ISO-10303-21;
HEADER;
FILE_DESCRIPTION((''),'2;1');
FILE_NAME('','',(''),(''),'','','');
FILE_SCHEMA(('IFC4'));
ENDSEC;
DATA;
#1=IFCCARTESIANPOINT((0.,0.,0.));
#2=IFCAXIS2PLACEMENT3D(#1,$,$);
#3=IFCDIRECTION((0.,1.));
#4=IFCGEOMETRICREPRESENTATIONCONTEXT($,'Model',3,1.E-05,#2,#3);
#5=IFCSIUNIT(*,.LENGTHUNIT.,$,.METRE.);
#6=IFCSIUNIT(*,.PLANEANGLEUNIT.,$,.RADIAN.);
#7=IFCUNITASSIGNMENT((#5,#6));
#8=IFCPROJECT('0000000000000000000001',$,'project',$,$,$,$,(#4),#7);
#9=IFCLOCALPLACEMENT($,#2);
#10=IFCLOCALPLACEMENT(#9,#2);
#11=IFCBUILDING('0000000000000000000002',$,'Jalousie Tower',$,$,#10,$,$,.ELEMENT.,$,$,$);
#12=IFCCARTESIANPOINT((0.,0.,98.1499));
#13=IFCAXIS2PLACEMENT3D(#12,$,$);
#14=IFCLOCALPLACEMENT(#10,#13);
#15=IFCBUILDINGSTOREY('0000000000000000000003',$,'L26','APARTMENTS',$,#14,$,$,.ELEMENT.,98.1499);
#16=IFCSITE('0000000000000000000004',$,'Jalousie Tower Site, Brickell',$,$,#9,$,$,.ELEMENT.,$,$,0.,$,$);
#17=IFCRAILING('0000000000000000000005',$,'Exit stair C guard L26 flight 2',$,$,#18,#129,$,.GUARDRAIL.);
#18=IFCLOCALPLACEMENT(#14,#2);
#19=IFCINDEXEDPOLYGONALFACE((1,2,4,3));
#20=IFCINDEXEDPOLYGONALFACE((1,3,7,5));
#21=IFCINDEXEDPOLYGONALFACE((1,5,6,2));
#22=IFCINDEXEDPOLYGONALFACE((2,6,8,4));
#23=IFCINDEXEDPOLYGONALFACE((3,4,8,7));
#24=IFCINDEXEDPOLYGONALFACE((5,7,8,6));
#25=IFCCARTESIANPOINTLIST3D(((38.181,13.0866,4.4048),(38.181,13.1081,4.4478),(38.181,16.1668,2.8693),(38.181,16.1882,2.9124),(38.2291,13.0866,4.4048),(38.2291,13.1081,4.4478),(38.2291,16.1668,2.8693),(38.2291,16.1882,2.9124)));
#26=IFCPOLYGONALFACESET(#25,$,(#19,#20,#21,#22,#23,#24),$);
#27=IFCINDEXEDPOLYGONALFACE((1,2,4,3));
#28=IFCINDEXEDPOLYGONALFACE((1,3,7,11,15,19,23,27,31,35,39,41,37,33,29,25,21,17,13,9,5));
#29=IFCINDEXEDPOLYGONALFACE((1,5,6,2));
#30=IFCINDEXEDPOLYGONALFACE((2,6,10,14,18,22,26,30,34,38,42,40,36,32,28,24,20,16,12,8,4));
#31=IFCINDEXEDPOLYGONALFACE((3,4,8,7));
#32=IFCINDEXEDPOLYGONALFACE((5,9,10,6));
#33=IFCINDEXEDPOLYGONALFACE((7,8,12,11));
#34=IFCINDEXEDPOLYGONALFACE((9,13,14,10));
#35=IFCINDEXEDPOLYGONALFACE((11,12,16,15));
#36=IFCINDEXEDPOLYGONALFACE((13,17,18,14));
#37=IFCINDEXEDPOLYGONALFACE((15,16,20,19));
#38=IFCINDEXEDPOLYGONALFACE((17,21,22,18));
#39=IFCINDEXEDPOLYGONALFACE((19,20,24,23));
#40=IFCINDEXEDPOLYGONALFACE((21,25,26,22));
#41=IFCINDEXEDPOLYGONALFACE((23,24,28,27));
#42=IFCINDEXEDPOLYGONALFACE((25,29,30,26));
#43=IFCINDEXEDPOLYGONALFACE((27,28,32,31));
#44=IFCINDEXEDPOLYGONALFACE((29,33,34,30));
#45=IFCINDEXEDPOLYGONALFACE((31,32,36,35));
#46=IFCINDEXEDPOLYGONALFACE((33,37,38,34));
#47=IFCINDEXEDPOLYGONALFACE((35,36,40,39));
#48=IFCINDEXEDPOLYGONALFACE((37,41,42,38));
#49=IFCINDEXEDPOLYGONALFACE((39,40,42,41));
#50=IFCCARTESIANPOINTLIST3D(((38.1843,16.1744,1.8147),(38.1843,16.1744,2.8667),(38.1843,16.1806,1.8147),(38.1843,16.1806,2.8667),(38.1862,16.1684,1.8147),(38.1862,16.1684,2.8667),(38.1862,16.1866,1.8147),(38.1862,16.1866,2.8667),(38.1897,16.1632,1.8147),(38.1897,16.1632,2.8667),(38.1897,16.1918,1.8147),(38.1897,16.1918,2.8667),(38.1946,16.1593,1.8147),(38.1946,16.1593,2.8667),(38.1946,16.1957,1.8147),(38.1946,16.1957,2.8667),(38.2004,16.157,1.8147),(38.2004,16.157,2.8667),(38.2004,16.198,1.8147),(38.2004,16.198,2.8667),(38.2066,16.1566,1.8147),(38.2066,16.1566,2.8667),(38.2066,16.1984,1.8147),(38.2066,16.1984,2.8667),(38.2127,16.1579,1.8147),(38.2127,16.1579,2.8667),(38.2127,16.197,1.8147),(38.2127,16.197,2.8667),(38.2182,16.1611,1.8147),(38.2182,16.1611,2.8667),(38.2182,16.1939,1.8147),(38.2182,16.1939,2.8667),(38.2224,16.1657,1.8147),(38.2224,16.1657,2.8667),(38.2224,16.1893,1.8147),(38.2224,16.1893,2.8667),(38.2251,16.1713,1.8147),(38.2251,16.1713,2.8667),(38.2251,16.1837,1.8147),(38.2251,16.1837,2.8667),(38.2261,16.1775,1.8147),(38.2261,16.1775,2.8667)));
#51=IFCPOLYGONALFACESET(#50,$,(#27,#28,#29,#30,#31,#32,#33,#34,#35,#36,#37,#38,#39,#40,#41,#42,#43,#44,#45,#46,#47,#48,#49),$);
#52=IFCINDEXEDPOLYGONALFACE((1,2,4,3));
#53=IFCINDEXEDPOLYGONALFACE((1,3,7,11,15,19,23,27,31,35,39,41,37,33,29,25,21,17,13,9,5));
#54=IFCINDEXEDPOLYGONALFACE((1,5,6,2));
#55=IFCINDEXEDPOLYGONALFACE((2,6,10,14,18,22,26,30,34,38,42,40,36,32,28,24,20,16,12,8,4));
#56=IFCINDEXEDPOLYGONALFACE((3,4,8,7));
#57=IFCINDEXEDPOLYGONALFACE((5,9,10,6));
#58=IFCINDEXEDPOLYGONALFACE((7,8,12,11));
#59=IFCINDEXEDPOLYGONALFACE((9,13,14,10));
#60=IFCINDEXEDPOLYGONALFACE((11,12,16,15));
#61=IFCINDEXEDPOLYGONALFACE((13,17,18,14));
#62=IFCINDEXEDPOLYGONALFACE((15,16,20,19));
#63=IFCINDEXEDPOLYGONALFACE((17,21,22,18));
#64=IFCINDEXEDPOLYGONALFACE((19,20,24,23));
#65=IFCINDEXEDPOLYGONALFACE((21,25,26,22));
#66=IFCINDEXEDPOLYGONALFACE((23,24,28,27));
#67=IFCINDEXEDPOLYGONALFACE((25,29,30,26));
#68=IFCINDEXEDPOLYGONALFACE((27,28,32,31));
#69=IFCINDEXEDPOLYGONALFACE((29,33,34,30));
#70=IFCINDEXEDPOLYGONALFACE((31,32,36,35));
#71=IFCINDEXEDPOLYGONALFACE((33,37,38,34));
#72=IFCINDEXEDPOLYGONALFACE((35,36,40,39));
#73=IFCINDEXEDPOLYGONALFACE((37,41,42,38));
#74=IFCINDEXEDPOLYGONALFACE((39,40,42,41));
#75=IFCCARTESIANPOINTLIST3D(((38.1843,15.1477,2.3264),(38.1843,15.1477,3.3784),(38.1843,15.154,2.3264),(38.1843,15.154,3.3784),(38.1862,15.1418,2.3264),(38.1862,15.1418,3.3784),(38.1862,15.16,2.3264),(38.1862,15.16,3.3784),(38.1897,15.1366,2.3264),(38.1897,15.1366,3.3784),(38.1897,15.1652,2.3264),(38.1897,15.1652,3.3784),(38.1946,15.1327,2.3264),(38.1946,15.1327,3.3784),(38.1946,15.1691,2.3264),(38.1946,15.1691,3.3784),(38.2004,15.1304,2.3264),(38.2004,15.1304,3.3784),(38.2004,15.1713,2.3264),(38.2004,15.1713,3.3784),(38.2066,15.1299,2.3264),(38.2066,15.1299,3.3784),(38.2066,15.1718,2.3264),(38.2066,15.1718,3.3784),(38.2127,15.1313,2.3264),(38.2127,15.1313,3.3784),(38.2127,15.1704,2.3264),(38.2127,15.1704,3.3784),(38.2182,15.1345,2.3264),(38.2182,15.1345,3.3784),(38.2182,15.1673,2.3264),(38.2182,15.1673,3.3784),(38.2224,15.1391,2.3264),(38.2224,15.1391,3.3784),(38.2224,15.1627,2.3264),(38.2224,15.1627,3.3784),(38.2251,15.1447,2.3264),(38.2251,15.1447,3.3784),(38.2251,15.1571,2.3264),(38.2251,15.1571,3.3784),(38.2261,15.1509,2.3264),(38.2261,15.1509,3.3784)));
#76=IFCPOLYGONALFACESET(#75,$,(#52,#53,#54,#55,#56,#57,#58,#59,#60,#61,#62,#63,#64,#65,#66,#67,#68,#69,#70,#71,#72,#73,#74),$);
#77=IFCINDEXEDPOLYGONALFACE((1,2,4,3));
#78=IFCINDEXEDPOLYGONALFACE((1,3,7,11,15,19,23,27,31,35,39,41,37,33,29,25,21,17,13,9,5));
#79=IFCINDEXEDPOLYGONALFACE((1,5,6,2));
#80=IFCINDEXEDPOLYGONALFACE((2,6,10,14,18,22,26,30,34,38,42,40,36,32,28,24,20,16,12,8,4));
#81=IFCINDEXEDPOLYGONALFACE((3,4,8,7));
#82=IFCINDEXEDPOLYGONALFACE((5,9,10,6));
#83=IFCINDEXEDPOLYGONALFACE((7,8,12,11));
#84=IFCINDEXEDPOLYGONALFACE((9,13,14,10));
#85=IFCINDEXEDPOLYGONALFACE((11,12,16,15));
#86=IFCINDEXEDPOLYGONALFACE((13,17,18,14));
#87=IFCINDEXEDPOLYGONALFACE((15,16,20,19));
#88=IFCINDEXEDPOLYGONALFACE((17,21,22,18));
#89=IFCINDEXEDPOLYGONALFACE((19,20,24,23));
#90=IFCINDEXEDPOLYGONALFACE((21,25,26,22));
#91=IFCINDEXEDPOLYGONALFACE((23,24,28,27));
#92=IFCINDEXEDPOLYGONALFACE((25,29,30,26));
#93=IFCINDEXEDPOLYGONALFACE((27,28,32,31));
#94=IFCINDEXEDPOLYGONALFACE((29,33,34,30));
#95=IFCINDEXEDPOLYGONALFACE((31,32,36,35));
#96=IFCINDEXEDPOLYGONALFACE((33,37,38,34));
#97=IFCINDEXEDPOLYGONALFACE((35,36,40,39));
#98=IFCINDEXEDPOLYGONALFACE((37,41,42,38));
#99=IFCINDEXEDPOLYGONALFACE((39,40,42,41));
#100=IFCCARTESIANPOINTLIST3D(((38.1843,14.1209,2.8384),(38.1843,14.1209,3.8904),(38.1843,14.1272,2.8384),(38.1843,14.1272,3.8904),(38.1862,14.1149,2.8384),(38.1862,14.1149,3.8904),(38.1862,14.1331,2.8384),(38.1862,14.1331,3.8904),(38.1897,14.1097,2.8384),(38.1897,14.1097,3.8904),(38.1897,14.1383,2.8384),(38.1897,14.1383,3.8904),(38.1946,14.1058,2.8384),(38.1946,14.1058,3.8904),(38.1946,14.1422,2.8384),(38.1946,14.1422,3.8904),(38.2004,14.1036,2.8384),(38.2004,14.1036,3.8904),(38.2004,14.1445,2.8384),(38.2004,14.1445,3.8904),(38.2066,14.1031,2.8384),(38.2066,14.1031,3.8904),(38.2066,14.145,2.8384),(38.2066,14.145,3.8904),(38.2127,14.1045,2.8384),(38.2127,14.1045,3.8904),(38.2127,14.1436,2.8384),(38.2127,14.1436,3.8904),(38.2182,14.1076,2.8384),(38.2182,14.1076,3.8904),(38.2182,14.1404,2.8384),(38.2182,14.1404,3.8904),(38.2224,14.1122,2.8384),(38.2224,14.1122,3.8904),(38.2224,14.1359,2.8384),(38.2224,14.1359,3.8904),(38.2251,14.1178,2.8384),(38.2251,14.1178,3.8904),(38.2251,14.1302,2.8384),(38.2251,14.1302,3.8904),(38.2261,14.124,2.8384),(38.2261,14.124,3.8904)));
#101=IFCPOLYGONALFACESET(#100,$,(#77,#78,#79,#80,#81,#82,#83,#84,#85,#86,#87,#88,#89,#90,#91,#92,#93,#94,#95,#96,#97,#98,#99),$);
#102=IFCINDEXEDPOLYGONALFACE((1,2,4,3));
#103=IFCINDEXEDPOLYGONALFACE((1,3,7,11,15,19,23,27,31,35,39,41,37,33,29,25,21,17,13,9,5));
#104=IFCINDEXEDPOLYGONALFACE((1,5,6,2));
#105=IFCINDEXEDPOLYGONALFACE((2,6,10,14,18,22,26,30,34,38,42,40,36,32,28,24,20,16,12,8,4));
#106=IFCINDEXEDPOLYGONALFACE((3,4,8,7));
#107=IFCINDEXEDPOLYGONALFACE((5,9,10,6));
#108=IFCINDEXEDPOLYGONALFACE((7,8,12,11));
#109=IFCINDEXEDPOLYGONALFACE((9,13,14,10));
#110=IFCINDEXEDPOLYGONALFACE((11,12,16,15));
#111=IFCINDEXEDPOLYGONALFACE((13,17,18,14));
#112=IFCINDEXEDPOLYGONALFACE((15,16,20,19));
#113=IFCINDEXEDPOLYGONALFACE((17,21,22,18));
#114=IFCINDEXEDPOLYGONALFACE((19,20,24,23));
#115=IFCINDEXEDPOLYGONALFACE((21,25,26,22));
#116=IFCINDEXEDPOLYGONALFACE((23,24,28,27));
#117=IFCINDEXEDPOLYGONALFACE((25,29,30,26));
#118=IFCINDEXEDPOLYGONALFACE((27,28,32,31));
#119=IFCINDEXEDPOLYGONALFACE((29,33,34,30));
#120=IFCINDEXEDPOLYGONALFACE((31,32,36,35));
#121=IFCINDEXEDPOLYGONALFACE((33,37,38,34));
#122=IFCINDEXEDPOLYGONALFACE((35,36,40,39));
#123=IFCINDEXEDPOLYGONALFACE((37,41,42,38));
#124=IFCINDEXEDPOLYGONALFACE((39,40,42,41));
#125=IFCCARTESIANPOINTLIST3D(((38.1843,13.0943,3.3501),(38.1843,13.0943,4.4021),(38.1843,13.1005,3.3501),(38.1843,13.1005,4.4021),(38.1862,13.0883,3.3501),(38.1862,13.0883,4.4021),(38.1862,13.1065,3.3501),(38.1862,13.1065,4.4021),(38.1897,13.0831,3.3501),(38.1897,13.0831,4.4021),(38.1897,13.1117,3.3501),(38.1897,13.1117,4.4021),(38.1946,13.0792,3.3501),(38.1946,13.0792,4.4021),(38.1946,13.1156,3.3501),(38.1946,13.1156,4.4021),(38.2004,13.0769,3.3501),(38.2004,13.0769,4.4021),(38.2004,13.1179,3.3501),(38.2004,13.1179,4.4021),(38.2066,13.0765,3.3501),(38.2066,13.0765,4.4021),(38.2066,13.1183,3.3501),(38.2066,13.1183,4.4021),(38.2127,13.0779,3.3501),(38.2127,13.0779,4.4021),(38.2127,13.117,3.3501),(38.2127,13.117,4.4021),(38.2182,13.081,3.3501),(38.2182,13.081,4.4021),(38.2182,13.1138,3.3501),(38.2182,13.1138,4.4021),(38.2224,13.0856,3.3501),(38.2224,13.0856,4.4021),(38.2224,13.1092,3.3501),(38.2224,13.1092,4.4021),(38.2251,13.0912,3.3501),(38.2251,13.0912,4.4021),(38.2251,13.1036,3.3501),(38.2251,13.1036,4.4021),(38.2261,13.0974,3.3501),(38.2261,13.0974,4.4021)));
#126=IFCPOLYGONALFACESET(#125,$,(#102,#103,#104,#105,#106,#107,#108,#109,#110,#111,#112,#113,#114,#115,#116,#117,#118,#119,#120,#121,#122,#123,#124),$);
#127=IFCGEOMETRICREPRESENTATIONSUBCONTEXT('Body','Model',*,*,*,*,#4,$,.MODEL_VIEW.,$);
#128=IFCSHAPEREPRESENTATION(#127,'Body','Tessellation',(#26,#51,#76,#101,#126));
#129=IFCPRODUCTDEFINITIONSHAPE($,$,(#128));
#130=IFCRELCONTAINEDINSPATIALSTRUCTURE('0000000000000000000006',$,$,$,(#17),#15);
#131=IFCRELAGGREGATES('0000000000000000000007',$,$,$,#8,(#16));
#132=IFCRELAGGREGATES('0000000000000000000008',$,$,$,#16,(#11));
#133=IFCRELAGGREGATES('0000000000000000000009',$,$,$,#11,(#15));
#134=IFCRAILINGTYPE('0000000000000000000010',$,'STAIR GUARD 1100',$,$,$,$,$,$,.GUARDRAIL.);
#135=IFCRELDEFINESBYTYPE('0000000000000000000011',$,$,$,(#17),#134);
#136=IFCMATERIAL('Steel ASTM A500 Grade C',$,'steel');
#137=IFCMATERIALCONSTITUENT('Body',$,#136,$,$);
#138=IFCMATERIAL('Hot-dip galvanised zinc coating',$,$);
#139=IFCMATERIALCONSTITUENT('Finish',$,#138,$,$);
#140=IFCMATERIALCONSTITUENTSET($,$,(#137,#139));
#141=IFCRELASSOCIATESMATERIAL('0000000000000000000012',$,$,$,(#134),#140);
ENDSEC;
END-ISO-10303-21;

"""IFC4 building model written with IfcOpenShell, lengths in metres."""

from ifc_helpers import new_model, si_unit, direction, frame, origin, origin_2d, place, context, subcontext, project, spatial, rectangle, circle, extrude, material, constituent, constituent_set, type_object, element, save


model = new_model("IFC4")

# Units and contexts
model_context = context("Model", 3, precision=1e-05, world=origin(), true_north=direction((0.0, 1.0)))
body_context = subcontext(model_context, "Body", "Model", "MODEL_VIEW")
ifc_project = project(units=[si_unit("LENGTHUNIT", "METRE"), si_unit("PLANEANGLEUNIT", "RADIAN")], contexts=[model_context])

# Site, building, storey
site_placement = place(None, origin())
site = spatial("IfcSite", under=ifc_project, at=site_placement, Name="Jalousie Tower Site, Brickell", CompositionType="ELEMENT", RefElevation=0.0)
building_placement = place(site_placement, origin())
building = spatial("IfcBuilding", under=site, at=building_placement, Name="Jalousie Tower", CompositionType="ELEMENT")
storey_placement = place(building_placement, frame((0.0, 0.0, 98.1499)))
storey = spatial("IfcBuildingStorey", under=building, at=storey_placement, Name="L26", Description="APARTMENTS", CompositionType="ELEMENT", Elevation=98.1499)

# Railing
ifc_material_1 = material(Name="Steel ASTM A500 Grade C", Category="steel")
ifc_constituent_1 = constituent(ifc_material_1, Name="Body")
ifc_material_2 = material(Name="Hot-dip galvanised zinc coating")
ifc_constituent_2 = constituent(ifc_material_2, Name="Finish")
ifc_constituent_set_1 = constituent_set(constituents=[ifc_constituent_1, ifc_constituent_2])
railing_type_1 = type_object("IfcRailingType", Name="STAIR GUARD 1100", PredefinedType="GUARDRAIL", material=ifc_constituent_set_1)
railing_1_placement = place(storey_placement, frame((38.2051, 16.1775, 1.8147)))
element("IfcRailing", 1, at=railing_1_placement, inside=storey, type_object=railing_type_1, Name="Exit stair C guard L26 flight 2", PredefinedType="GUARDRAIL", context=body_context, shape_type="SweptSolid", body=[
    extrude(rectangle(XDim=0.0481, YDim=0.0481, at=origin_2d()), frame((0.0, 0.0, 1.0762), z_axis=(0.0, -0.894966, 0.446135), x_axis=(1.0, 0.0, 0.0)), (0.0, 0.0, 1.0), 3.4417),
    extrude(circle(Radius=0.021, at=origin_2d()), origin(), (0.0, 0.0, 1.0), 1.052),
    extrude(circle(Radius=0.021, at=origin_2d()), frame((0.0, -1.0266, 0.5117)), (0.0, 0.0, 1.0), 1.052),
    extrude(circle(Radius=0.021, at=origin_2d()), frame((0.0, -2.0535, 1.0237)), (0.0, 0.0, 1.0), 1.052),
    extrude(circle(Radius=0.021, at=origin_2d()), frame((0.0, -3.0801, 1.5354)), (0.0, 0.0, 1.0), 1.052),
])

save(model, "model.ifc")
